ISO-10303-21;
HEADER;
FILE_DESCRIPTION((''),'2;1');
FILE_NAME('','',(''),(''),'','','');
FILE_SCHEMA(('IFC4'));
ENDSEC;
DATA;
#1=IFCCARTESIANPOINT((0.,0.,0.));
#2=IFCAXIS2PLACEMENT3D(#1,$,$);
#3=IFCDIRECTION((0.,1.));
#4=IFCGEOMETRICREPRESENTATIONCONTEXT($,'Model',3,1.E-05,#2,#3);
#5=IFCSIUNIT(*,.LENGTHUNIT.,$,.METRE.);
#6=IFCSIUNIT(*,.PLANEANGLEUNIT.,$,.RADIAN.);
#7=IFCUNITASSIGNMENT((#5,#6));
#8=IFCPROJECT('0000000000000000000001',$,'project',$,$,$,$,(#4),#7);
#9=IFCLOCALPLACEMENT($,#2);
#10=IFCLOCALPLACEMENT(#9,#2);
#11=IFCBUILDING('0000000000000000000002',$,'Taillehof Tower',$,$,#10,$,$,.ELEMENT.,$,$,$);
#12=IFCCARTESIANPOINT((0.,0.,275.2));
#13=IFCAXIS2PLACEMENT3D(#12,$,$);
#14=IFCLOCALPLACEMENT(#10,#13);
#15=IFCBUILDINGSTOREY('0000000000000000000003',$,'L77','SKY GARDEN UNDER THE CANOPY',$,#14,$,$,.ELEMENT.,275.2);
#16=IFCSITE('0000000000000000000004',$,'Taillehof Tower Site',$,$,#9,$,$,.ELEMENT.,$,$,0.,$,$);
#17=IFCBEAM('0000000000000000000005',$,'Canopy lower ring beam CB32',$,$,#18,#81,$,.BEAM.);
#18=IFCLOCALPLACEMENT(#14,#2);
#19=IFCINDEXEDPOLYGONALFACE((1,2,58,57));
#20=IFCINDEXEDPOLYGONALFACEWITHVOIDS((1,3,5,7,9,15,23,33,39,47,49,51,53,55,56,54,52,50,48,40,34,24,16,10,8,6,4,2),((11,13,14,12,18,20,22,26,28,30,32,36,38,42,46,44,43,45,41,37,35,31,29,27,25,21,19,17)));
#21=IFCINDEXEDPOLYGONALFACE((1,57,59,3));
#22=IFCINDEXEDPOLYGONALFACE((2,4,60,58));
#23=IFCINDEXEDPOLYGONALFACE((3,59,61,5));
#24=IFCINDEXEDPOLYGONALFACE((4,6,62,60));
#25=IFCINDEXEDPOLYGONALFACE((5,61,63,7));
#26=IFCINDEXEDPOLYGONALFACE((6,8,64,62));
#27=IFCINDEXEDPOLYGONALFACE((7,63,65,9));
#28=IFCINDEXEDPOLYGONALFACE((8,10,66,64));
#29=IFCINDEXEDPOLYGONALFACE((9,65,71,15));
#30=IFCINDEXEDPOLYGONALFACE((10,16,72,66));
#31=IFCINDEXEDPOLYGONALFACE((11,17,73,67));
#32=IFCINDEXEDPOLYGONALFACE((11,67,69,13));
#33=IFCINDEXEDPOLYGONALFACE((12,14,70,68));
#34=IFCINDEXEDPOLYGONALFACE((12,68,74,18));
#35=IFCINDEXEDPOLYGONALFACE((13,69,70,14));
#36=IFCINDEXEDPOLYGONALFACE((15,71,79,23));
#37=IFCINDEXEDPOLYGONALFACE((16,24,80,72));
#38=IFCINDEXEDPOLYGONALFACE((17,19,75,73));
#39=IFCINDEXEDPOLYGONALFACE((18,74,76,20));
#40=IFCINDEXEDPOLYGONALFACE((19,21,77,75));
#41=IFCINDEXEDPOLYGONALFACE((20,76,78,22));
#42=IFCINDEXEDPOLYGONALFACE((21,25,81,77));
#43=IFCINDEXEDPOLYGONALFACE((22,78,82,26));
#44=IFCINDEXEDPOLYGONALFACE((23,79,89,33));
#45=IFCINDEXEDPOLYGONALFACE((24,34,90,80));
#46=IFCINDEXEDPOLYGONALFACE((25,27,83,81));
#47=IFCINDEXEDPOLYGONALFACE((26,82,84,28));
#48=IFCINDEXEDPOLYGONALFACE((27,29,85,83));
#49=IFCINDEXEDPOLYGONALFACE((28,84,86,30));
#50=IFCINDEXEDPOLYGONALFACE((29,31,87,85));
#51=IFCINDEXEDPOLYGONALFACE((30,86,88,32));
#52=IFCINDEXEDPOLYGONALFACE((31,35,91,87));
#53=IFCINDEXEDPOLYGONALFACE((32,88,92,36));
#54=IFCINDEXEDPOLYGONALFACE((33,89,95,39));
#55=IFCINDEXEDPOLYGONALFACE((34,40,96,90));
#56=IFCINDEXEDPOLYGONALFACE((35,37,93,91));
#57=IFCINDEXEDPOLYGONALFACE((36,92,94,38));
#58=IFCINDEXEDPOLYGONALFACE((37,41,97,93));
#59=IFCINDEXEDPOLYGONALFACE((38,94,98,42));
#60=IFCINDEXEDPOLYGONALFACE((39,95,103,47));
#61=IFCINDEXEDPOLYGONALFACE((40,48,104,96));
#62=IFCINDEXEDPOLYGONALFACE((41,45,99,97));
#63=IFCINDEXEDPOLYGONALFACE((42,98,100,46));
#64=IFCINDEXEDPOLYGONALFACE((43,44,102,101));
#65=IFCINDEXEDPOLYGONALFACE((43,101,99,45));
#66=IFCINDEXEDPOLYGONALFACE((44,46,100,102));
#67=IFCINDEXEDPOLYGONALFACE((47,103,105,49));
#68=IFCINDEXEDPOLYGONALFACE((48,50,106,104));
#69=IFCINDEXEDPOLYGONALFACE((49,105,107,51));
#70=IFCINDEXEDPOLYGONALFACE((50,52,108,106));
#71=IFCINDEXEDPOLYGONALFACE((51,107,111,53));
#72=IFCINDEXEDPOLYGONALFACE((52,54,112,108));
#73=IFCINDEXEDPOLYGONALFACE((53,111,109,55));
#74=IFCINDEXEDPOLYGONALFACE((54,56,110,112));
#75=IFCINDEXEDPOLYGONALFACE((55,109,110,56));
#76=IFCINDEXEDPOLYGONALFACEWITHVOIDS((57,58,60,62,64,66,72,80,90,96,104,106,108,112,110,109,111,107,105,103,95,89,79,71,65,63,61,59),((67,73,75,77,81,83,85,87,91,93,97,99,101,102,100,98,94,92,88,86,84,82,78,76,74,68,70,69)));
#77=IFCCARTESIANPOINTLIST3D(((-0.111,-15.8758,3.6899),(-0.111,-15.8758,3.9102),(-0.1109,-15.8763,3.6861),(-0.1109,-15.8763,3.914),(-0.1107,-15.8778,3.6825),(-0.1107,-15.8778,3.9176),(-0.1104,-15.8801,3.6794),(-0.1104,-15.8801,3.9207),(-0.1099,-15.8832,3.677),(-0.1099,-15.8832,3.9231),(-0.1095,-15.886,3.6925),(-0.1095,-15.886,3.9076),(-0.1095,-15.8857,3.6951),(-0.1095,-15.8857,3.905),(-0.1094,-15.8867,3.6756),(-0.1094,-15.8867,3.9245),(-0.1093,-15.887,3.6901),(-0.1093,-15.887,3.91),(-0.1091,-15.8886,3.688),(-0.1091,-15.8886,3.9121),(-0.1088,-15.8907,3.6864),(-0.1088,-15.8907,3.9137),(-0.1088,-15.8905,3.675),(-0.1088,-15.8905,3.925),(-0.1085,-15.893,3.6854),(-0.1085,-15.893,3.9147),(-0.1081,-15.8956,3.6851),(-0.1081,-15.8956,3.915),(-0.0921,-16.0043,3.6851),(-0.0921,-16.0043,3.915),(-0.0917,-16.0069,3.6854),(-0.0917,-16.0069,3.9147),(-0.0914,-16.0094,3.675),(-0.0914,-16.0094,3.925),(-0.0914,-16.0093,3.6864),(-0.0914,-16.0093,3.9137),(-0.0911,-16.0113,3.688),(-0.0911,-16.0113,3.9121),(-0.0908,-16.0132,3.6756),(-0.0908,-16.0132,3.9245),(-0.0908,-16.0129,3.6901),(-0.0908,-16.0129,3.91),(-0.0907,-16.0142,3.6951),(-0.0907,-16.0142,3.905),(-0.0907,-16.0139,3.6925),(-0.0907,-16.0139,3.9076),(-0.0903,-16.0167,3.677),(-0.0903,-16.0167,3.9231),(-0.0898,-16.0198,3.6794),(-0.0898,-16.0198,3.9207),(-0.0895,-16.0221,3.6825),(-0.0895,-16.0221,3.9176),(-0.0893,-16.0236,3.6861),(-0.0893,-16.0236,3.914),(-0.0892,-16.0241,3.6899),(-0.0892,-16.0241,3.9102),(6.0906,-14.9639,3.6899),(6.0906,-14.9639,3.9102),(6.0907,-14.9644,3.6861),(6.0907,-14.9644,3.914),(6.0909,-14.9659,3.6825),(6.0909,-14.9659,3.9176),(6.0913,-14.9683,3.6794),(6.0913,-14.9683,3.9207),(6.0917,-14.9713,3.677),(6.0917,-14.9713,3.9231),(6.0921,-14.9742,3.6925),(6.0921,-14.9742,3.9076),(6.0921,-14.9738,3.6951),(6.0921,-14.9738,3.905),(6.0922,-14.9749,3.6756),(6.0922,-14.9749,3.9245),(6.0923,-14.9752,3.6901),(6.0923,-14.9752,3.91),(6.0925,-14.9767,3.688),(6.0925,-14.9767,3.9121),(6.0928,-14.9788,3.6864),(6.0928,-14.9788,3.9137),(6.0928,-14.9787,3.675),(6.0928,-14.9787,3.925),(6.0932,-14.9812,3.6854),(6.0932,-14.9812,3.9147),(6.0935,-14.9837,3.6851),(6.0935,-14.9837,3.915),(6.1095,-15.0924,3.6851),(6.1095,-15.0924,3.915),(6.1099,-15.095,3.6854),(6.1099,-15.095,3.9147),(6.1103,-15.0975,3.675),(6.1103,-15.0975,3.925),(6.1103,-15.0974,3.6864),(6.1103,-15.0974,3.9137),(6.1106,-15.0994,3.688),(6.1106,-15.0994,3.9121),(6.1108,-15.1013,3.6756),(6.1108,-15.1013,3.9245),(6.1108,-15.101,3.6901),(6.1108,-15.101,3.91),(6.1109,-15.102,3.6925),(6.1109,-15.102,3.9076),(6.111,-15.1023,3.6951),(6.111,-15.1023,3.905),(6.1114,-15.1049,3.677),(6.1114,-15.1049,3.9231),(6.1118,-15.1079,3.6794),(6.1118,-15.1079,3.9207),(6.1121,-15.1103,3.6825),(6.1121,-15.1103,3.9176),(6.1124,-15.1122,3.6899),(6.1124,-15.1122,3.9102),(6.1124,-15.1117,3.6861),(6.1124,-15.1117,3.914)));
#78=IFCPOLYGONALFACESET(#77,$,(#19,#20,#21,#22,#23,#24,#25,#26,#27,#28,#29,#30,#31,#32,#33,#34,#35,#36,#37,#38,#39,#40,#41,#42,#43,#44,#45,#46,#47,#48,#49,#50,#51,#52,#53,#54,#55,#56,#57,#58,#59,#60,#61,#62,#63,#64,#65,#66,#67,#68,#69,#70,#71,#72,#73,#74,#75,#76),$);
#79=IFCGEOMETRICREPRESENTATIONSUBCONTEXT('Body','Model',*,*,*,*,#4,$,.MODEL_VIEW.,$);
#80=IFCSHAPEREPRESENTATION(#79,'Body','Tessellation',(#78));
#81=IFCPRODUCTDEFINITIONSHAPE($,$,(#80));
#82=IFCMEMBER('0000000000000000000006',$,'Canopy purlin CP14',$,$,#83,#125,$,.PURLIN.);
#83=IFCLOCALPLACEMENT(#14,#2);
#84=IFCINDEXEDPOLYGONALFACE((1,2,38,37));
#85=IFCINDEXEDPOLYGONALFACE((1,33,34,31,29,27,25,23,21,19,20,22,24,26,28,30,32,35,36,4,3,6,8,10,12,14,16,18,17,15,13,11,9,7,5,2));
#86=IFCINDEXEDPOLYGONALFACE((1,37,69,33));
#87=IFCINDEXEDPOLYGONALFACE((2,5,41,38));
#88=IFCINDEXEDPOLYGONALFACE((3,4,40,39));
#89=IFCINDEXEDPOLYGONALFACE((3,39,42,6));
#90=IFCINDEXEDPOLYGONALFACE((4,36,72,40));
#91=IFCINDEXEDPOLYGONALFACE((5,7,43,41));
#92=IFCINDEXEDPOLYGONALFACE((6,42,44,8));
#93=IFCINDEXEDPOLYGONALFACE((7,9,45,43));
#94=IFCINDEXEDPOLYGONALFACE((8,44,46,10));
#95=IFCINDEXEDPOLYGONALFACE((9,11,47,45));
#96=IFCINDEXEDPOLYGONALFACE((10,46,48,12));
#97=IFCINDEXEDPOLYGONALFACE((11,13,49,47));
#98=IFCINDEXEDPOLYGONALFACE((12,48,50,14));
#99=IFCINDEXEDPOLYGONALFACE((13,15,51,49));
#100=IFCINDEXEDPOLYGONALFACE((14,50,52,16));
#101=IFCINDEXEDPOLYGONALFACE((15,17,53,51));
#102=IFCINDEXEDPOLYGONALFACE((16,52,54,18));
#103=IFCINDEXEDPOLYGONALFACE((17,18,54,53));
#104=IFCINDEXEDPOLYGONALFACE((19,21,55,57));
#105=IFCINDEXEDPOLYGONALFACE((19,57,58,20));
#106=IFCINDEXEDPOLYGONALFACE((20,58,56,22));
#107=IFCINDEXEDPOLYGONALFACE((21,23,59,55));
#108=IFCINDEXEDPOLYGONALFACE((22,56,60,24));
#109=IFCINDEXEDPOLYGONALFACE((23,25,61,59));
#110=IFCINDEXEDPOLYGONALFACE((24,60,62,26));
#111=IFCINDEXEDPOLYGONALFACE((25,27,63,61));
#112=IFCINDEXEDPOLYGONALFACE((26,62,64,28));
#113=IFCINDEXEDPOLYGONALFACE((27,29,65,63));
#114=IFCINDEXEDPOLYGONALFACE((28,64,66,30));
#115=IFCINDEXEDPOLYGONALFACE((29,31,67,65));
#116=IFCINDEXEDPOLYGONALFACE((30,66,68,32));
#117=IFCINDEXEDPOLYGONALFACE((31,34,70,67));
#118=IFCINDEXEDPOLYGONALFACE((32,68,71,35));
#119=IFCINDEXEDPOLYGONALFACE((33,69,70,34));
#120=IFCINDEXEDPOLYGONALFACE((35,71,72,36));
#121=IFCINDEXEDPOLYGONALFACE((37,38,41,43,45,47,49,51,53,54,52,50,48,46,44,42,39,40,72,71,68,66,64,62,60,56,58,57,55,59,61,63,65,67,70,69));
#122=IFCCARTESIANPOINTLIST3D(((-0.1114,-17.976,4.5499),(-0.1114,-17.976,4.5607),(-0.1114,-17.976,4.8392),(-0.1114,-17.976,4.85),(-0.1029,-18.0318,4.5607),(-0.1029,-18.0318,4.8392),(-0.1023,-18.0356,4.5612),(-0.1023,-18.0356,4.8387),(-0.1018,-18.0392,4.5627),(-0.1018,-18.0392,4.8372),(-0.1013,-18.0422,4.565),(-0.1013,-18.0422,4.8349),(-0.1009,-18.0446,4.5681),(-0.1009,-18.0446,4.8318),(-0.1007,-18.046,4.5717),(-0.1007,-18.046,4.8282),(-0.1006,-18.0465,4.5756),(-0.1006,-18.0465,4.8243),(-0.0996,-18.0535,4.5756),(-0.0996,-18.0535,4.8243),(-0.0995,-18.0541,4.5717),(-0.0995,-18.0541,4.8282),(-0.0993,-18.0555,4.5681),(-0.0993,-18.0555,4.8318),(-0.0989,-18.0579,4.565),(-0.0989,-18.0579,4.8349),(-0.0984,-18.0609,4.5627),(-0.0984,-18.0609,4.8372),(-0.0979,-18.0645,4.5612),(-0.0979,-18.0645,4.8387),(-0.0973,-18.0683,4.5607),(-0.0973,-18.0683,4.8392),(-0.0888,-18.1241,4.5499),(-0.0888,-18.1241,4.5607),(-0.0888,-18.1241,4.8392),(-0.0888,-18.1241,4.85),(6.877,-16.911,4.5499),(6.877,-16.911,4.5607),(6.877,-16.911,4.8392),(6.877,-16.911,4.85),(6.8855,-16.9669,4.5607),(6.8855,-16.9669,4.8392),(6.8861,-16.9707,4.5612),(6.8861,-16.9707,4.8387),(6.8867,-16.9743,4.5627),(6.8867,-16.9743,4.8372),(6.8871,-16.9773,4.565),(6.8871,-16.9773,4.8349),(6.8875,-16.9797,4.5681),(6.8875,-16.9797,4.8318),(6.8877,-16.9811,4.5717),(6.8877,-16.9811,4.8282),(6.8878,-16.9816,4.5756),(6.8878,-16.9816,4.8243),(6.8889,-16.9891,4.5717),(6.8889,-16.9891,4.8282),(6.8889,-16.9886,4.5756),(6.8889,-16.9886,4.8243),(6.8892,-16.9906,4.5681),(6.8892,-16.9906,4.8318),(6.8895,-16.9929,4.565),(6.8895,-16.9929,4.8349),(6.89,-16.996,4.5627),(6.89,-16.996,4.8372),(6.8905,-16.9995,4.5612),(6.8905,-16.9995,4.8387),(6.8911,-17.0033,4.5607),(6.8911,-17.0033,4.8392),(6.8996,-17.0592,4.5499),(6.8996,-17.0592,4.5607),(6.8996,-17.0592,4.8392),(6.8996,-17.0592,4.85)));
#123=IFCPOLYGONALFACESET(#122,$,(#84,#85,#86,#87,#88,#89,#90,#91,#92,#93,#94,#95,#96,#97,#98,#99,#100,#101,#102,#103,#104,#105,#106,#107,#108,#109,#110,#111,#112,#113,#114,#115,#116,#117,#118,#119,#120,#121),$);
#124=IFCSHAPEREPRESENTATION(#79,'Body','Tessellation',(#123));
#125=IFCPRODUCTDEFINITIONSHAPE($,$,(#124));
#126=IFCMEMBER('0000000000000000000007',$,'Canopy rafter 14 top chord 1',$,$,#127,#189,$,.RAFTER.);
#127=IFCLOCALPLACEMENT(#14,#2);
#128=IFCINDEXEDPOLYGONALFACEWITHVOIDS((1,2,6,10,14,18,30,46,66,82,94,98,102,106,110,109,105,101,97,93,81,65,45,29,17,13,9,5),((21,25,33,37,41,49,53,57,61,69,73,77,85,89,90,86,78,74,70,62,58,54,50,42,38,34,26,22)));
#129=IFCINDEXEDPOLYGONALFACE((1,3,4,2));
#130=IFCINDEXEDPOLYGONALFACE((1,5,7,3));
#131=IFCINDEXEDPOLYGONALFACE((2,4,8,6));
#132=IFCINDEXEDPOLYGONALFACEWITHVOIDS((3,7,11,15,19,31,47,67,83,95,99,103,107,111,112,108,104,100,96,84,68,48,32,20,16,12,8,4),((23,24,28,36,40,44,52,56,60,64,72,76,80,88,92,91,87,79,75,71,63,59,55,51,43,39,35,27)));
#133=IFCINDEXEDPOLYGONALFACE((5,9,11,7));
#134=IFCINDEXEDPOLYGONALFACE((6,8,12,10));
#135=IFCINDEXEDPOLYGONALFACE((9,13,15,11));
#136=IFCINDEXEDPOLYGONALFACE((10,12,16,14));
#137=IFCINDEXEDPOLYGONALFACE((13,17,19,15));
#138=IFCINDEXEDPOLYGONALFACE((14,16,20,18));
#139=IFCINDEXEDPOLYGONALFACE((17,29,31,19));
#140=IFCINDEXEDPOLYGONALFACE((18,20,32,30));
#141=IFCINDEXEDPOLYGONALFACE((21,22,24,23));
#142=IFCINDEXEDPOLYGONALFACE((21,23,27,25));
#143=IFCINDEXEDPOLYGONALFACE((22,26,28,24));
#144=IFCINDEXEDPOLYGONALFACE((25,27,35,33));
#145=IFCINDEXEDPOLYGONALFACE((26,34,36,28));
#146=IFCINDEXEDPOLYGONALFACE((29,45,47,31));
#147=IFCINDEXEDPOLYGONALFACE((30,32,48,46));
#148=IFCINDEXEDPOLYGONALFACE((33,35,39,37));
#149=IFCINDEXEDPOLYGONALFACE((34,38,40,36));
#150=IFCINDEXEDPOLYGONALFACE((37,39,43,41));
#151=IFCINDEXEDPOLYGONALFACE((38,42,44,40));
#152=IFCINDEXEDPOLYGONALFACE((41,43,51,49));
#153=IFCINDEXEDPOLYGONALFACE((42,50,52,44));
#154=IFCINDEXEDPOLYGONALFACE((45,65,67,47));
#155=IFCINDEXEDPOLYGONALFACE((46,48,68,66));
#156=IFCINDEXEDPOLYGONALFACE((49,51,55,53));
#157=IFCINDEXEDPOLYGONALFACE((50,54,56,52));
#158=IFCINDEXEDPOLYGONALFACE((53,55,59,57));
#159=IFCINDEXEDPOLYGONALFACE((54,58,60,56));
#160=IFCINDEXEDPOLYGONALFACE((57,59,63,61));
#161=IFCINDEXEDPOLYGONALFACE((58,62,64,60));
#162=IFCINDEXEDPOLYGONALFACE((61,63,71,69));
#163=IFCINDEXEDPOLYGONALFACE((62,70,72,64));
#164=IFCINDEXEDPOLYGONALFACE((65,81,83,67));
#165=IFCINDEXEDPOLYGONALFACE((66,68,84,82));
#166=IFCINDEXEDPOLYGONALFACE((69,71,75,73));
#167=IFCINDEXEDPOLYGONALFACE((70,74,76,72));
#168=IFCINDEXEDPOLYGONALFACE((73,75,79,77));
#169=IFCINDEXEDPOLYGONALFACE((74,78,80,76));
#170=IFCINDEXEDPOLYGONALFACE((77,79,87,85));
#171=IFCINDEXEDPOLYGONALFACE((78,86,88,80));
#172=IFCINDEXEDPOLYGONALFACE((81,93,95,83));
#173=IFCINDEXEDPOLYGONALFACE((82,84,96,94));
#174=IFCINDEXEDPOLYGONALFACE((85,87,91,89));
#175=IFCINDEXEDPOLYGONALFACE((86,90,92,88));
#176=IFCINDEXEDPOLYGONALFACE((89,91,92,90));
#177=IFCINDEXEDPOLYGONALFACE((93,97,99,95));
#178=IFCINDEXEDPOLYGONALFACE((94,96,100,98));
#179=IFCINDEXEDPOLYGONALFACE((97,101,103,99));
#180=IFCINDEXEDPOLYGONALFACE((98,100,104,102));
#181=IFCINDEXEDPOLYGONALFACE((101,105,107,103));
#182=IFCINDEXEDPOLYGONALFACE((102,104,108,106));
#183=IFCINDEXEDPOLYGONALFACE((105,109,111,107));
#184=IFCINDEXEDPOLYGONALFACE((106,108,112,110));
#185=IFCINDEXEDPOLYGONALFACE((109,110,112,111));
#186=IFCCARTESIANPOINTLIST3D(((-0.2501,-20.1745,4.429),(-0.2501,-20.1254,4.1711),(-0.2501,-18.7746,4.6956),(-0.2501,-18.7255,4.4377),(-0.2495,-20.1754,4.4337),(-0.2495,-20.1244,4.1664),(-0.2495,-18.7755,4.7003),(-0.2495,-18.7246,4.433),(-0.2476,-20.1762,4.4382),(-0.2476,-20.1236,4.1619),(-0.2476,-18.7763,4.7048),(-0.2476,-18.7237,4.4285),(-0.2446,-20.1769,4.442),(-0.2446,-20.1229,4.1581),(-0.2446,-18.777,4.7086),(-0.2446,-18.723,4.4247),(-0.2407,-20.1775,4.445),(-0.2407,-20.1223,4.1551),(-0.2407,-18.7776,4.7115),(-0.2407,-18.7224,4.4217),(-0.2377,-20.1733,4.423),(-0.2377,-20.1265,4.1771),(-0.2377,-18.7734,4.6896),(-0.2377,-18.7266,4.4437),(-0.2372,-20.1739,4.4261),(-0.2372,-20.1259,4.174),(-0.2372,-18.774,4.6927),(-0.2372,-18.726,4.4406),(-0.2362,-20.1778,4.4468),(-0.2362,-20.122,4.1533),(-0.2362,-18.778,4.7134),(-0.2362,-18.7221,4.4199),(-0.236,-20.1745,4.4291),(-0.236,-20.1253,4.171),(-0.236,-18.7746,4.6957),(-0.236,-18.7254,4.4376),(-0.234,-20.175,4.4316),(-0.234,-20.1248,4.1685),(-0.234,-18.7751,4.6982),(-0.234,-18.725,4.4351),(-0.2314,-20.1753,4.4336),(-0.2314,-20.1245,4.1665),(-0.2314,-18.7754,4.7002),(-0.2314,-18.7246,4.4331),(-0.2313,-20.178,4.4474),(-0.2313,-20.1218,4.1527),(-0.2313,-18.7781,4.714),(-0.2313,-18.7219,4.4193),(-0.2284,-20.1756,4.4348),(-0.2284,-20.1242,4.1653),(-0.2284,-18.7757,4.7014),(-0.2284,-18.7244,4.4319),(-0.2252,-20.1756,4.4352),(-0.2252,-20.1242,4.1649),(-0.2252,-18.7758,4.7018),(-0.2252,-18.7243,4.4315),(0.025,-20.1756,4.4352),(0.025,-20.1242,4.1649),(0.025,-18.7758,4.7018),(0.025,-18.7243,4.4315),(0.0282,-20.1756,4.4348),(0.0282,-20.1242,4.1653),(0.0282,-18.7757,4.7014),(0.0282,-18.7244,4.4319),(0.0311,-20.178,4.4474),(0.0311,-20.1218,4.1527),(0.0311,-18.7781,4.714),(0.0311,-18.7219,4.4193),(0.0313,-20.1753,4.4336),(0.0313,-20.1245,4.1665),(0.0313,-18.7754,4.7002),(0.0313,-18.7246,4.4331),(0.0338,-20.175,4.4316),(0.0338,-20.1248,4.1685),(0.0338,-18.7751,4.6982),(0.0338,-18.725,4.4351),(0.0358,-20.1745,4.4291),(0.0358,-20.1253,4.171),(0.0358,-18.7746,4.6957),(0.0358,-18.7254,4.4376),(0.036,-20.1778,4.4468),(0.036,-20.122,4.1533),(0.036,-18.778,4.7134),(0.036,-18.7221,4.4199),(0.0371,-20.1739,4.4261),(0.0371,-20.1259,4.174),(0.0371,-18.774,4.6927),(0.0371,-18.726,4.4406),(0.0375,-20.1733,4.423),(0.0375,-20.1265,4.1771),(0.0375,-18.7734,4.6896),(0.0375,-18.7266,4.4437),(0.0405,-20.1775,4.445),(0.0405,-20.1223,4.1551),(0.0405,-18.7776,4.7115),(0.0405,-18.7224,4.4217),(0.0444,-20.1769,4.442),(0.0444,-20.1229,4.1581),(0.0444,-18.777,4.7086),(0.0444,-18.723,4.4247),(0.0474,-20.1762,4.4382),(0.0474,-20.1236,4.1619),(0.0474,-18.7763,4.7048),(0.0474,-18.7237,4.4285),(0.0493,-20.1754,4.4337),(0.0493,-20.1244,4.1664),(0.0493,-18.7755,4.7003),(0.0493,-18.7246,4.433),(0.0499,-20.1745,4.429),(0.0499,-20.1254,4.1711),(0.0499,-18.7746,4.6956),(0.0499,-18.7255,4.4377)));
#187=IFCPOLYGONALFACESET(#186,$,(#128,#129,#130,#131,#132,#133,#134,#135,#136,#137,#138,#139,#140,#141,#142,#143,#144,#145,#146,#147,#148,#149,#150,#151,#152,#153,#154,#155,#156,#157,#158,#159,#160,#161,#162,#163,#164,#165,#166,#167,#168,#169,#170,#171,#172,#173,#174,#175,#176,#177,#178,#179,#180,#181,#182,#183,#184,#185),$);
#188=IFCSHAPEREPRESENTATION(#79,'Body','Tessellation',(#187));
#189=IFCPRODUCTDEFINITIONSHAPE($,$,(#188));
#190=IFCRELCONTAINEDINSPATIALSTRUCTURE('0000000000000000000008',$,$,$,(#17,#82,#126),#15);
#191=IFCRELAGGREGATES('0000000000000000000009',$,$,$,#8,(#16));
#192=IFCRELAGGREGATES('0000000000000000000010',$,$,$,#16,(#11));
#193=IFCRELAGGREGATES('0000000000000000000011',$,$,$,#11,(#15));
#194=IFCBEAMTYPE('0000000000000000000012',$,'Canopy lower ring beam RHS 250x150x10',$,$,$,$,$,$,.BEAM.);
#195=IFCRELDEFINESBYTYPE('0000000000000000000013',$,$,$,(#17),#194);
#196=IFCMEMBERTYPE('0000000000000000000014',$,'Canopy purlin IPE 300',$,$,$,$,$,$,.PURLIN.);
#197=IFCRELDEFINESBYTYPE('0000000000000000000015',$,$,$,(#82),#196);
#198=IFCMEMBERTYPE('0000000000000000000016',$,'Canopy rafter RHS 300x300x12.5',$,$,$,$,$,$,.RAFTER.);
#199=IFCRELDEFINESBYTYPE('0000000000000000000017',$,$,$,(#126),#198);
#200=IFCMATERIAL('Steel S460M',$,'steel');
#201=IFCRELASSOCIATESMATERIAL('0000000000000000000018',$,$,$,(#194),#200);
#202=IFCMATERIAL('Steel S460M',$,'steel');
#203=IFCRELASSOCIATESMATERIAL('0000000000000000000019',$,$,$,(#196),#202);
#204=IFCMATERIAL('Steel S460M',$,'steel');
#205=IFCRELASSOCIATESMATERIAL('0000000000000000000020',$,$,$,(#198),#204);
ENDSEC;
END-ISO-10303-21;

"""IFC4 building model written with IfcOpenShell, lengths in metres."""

from ifc_helpers import new_model, si_unit, direction, frame, origin, origin_2d, place, context, subcontext, project, spatial, hollow_rectangle, i_section, extrude, material, material_profile, profile_set, type_object, element, save


model = new_model("IFC4")

# Units and contexts
model_context = context("Model", 3, precision=1e-05, world=origin(), true_north=direction((0.0, 1.0)))
body_context = subcontext(model_context, "Body", "Model", "MODEL_VIEW")
ifc_project = project(units=[si_unit("LENGTHUNIT", "METRE"), si_unit("PLANEANGLEUNIT", "RADIAN")], contexts=[model_context])

# Site, building, storey
site_placement = place(None, origin())
site = spatial("IfcSite", under=ifc_project, at=site_placement, Name="Taillehof Tower Site", CompositionType="ELEMENT", RefElevation=0.0)
building_placement = place(site_placement, origin())
building = spatial("IfcBuilding", under=site, at=building_placement, Name="Taillehof Tower", CompositionType="ELEMENT")
storey_placement = place(building_placement, frame((0.0, 0.0, 275.2)))
storey = spatial("IfcBuildingStorey", under=building, at=storey_placement, Name="L77", Description="SKY GARDEN UNDER THE CANOPY", CompositionType="ELEMENT", Elevation=275.2)

# Beam
ifc_material_1 = material(Name="Steel S460M", Category="steel")
ifc_material_profile_1 = material_profile(ifc_material_1, hollow_rectangle(XDim=0.1499, YDim=0.25, WallThickness=0.01, InnerFilletRadius=0.01, OuterFilletRadius=0.0149, at=origin_2d()), Name="RHS 250x150x10")
ifc_profile_set_1 = profile_set([ifc_material_profile_1], Name="Steel S460M")
beam_type_1 = type_object("IfcBeamType", Name="Canopy lower ring beam RHS 250x150x10", PredefinedType="BEAM", material=ifc_profile_set_1)
beam_1_placement = place(storey_placement, frame((-0.1001, -15.95, 3.8), z_axis=(0.989362, 0.145472, 0.0), x_axis=(-0.145472, 0.989362, 0.0)))
element("IfcBeam", 1, at=beam_1_placement, inside=storey, type_object=beam_type_1, Name="Canopy lower ring beam CB32", PredefinedType="BEAM", context=body_context, shape_type="SweptSolid", body=[
    extrude(hollow_rectangle(XDim=0.1499, YDim=0.25, WallThickness=0.01, InnerFilletRadius=0.01, OuterFilletRadius=0.0149, at=origin_2d()), origin(), (0.0, 0.0, 1.0), 6.2683),
])

# Members
ifc_material_2 = material(Name="Steel S460M", Category="steel")
ifc_material_profile_2 = material_profile(ifc_material_2, i_section(OverallWidth=0.1499, OverallDepth=0.3, WebThickness=0.0071, FlangeThickness=0.0107, FilletRadius=0.0149, at=origin_2d()), Name="IPE 300")
ifc_profile_set_2 = profile_set([ifc_material_profile_2], Name="Steel S460M")
member_type_1 = type_object("IfcMemberType", Name="Canopy purlin IPE 300", PredefinedType="PURLIN", material=ifc_profile_set_2)
member_1_placement = place(storey_placement, frame((-0.1001, -18.05, 4.7), z_axis=(0.988588, 0.150645, 0.0), x_axis=(-0.150645, 0.988588, 0.0)))
element("IfcMember", 2, at=member_1_placement, inside=storey, type_object=member_type_1, Name="Canopy purlin CP14", PredefinedType="PURLIN", context=body_context, shape_type="SweptSolid", body=[
    extrude(i_section(OverallWidth=0.1499, OverallDepth=0.3, WebThickness=0.0071, FlangeThickness=0.0107, FilletRadius=0.0149, at=origin_2d()), origin(), (0.0, 0.0, 1.0), 7.0691),
])
ifc_material_3 = material(Name="Steel S460M", Category="steel")
ifc_material_profile_3 = material_profile(ifc_material_3, hollow_rectangle(XDim=0.3, YDim=0.3, WallThickness=0.0125, InnerFilletRadius=0.0125, OuterFilletRadius=0.0188, at=origin_2d()), Name="RHS 300x300x12.5")
ifc_profile_set_3 = profile_set([ifc_material_profile_3], Name="Steel S460M")
member_type_2 = type_object("IfcMemberType", Name="Canopy rafter RHS 300x300x12.5", PredefinedType="RAFTER", material=ifc_profile_set_3)
for number, where, z_axis, x_axis, name in (
    (3, (-0.1001, -20.1499, 4.3), (0.0, 0.982345, 0.187081), (-1.0, 0.0, 0.0), "Canopy rafter 14 top chord 1"),
):
    element("IfcMember", number, at=place(storey_placement, frame(where, z_axis=z_axis, x_axis=x_axis)), inside=storey, type_object=member_type_2, Name=name, PredefinedType="RAFTER", context=body_context, shape_type="SweptSolid", body=[
        extrude(hollow_rectangle(XDim=0.3, YDim=0.3, WallThickness=0.0125, InnerFilletRadius=0.0125, OuterFilletRadius=0.0188, at=origin_2d()), origin(), (0.0, 0.0, 1.0), 1.425),
    ])

save(model, "model.ifc")
